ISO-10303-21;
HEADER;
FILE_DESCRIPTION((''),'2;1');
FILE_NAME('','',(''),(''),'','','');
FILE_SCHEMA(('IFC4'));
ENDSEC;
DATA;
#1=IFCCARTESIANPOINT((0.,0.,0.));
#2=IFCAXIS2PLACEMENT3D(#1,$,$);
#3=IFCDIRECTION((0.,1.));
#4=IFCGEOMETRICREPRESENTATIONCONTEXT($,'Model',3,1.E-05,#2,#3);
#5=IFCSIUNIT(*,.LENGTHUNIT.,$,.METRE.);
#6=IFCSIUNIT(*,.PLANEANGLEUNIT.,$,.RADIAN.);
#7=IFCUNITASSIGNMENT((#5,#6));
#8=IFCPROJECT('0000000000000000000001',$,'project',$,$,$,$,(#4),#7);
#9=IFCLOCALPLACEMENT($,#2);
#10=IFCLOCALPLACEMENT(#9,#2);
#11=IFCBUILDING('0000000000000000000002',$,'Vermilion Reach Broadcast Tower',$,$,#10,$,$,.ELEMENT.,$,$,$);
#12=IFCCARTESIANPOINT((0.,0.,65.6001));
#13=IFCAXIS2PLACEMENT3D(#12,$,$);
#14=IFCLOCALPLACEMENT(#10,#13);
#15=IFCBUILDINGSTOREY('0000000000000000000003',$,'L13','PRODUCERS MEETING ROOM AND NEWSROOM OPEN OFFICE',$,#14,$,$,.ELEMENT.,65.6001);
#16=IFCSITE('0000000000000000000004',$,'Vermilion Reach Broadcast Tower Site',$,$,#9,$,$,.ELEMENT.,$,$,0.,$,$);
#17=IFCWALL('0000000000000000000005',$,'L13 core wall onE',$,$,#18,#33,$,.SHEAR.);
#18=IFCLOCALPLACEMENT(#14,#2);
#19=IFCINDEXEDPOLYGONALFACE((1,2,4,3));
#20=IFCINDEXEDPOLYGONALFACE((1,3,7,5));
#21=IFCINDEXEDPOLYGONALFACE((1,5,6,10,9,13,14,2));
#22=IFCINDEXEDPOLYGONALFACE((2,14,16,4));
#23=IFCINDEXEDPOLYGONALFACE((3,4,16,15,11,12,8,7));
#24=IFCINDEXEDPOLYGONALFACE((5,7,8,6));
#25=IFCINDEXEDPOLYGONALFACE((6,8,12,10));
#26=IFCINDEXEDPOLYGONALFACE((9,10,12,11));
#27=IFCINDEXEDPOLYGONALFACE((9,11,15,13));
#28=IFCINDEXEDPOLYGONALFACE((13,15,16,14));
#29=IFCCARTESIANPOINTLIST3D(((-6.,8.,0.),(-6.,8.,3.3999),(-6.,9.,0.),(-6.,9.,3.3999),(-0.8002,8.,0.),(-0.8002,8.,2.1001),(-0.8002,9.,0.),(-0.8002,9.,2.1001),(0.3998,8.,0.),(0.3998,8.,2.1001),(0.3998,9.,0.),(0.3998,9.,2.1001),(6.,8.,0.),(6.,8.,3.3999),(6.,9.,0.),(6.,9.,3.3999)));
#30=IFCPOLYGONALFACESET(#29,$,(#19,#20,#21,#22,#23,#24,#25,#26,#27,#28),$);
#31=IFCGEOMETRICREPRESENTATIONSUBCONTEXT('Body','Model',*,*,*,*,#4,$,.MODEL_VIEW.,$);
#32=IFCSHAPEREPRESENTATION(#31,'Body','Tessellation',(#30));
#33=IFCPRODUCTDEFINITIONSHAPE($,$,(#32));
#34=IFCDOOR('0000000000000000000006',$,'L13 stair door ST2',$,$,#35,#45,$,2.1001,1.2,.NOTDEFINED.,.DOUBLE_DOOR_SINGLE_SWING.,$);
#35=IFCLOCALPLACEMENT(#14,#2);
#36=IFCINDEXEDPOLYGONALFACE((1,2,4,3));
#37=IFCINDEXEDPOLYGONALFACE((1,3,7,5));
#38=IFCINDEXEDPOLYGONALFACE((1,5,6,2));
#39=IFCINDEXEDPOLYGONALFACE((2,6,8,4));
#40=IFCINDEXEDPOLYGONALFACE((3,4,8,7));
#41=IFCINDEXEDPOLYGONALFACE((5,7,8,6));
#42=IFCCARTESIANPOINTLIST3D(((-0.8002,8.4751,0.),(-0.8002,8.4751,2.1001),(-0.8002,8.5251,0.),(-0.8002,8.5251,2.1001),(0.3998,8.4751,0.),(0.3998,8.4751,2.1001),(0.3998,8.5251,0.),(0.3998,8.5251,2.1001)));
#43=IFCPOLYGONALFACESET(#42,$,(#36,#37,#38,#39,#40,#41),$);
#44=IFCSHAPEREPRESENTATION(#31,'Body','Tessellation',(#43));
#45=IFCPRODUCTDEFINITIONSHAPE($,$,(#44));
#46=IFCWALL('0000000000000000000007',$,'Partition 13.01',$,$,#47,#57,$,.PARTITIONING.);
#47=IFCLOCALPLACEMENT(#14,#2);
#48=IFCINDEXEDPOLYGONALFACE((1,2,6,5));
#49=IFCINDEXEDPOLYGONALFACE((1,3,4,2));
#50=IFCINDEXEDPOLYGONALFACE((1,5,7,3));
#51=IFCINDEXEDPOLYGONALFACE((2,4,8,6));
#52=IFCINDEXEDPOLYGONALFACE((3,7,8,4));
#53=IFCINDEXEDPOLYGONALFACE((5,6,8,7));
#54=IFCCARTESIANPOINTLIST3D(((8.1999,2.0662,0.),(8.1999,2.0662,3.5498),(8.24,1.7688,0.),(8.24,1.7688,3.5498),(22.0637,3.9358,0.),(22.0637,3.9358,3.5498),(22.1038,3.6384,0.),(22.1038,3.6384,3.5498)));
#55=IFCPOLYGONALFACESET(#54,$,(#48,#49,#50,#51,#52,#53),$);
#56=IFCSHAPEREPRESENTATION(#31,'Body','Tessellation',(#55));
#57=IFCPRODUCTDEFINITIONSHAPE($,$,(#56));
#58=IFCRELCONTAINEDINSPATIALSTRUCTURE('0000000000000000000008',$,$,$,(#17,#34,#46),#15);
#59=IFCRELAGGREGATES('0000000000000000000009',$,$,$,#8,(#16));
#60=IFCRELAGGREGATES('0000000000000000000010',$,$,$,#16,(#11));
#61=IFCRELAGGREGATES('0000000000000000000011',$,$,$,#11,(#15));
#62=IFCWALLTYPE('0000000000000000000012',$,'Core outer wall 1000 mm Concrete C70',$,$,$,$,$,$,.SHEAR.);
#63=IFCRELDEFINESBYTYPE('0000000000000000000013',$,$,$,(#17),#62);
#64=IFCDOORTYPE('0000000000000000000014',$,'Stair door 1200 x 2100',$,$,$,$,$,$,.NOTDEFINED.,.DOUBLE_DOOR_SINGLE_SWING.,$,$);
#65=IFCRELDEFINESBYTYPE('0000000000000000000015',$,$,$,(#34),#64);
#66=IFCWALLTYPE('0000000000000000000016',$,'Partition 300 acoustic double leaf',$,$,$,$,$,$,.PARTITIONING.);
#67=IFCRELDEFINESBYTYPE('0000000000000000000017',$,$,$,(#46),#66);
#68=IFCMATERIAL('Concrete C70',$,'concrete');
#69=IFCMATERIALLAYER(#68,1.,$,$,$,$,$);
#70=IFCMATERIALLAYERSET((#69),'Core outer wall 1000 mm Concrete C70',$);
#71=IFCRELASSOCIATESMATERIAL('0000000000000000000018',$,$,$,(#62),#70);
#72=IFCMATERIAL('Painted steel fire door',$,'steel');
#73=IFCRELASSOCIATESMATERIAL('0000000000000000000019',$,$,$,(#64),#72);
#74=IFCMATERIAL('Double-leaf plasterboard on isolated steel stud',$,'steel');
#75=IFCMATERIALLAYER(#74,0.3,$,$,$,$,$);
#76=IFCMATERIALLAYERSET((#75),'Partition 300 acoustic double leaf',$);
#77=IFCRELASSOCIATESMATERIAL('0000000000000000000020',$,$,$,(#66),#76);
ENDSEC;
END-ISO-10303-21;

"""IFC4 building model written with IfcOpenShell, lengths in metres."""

from ifc_helpers import new_model, si_unit, direction, frame, frame_2d, origin, place, context, subcontext, project, spatial, rectangle, extrude, material, layer, layer_set, type_object, element, fill, save


model = new_model("IFC4")

# Units and contexts
model_context = context("Model", 3, precision=1e-05, world=origin(), true_north=direction((0.0, 1.0)))
body_context = subcontext(model_context, "Body", "Model", "MODEL_VIEW")
ifc_project = project(units=[si_unit("LENGTHUNIT", "METRE"), si_unit("PLANEANGLEUNIT", "RADIAN")], contexts=[model_context])

# Site, building, storey
site_placement = place(None, origin())
site = spatial("IfcSite", under=ifc_project, at=site_placement, Name="Vermilion Reach Broadcast Tower Site", CompositionType="ELEMENT", RefElevation=0.0)
building_placement = place(site_placement, origin())
building = spatial("IfcBuilding", under=site, at=building_placement, Name="Vermilion Reach Broadcast Tower", CompositionType="ELEMENT")
storey_placement = place(building_placement, frame((0.0, 0.0, 65.6001)))
storey = spatial("IfcBuildingStorey", under=building, at=storey_placement, Name="L13", Description="PRODUCERS MEETING ROOM AND NEWSROOM OPEN OFFICE", CompositionType="ELEMENT", Elevation=65.6001)

# Wall, opening, door
ifc_material_1 = material(Name="Concrete C70", Category="concrete")
ifc_layer_1 = layer(ifc_material_1, 1.0)
ifc_layer_set_1 = layer_set([ifc_layer_1], Name="Core outer wall 1000 mm Concrete C70")
wall_type_1 = type_object("IfcWallType", Name="Core outer wall 1000 mm Concrete C70", PredefinedType="SHEAR", material=ifc_layer_set_1)
wall_1_placement = place(storey_placement, frame((6.0, 8.5, 0.0), z_axis=(0.0, 0.0, 1.0), x_axis=(-1.0, 0.0, 0.0)))
wall_1 = element("IfcWall", 1, at=wall_1_placement, inside=storey, type_object=wall_type_1, Name="L13 core wall onE", PredefinedType="SHEAR", context=body_context, shape_type="SweptSolid", body=[
    extrude(rectangle(XDim=12.0, YDim=1.0, at=frame_2d((6.0, 0.0))), origin(), (0.0, 0.0, 1.0), 3.3999),
])
opening_placement = place(wall_1_placement, frame((5.6001, 0.0, 0.0)))
opening = element("IfcOpeningElement", 2, at=opening_placement, cuts=wall_1, PredefinedType="OPENING", context=body_context, shape_type="SweptSolid", body=[
    extrude(rectangle(XDim=1.2, YDim=2.1001, at=frame_2d((0.6001, 1.05))), frame((0.0, 0.51, 0.0), z_axis=(0.0, -1.0, 0.0), x_axis=(1.0, 0.0, 0.0)), (0.0, 0.0, 1.0), 1.02),
])
ifc_material_2 = material(Name="Painted steel fire door", Category="steel")
door_type = type_object("IfcDoorType", Name="Stair door 1200 x 2100", OperationType="DOUBLE_DOOR_SINGLE_SWING", PredefinedType="NOTDEFINED", material=ifc_material_2)
door_placement = place(opening_placement, origin())
door = element("IfcDoor", 3, at=door_placement, inside=storey, type_object=door_type, Name="L13 stair door ST2", OperationType="DOUBLE_DOOR_SINGLE_SWING", OverallHeight=2.1001, OverallWidth=1.2, PredefinedType="NOTDEFINED", context=body_context, shape_type="SweptSolid", body=[
    extrude(rectangle(XDim=1.2, YDim=2.1001, at=frame_2d((0.6001, 1.05))), frame((0.0, 0.0249, 0.0), z_axis=(0.0, -1.0, 0.0), x_axis=(1.0, 0.0, 0.0)), (0.0, 0.0, 1.0), 0.05),
])
fill(opening, door)

# Wall
ifc_material_3 = material(Name="Double-leaf plasterboard on isolated steel stud", Category="steel")
ifc_layer_2 = layer(ifc_material_3, 0.3)
ifc_layer_set_2 = layer_set([ifc_layer_2], Name="Partition 300 acoustic double leaf")
wall_type_2 = type_object("IfcWallType", Name="Partition 300 acoustic double leaf", PredefinedType="PARTITIONING", material=ifc_layer_set_2)
wall_2_placement = place(storey_placement, frame((22.0837, 3.7871, 0.0), z_axis=(0.0, 0.0, 1.0), x_axis=(-0.991029, -0.133647, 0.0)))
element("IfcWall", 4, at=wall_2_placement, inside=storey, type_object=wall_type_2, Name="Partition 13.01", PredefinedType="PARTITIONING", context=body_context, shape_type="SweptSolid", body=[
    extrude(rectangle(XDim=13.9893, YDim=0.3, at=frame_2d((6.9946, 0.0))), origin(), (0.0, 0.0, 1.0), 3.5498),
])

save(model, "model.ifc")
